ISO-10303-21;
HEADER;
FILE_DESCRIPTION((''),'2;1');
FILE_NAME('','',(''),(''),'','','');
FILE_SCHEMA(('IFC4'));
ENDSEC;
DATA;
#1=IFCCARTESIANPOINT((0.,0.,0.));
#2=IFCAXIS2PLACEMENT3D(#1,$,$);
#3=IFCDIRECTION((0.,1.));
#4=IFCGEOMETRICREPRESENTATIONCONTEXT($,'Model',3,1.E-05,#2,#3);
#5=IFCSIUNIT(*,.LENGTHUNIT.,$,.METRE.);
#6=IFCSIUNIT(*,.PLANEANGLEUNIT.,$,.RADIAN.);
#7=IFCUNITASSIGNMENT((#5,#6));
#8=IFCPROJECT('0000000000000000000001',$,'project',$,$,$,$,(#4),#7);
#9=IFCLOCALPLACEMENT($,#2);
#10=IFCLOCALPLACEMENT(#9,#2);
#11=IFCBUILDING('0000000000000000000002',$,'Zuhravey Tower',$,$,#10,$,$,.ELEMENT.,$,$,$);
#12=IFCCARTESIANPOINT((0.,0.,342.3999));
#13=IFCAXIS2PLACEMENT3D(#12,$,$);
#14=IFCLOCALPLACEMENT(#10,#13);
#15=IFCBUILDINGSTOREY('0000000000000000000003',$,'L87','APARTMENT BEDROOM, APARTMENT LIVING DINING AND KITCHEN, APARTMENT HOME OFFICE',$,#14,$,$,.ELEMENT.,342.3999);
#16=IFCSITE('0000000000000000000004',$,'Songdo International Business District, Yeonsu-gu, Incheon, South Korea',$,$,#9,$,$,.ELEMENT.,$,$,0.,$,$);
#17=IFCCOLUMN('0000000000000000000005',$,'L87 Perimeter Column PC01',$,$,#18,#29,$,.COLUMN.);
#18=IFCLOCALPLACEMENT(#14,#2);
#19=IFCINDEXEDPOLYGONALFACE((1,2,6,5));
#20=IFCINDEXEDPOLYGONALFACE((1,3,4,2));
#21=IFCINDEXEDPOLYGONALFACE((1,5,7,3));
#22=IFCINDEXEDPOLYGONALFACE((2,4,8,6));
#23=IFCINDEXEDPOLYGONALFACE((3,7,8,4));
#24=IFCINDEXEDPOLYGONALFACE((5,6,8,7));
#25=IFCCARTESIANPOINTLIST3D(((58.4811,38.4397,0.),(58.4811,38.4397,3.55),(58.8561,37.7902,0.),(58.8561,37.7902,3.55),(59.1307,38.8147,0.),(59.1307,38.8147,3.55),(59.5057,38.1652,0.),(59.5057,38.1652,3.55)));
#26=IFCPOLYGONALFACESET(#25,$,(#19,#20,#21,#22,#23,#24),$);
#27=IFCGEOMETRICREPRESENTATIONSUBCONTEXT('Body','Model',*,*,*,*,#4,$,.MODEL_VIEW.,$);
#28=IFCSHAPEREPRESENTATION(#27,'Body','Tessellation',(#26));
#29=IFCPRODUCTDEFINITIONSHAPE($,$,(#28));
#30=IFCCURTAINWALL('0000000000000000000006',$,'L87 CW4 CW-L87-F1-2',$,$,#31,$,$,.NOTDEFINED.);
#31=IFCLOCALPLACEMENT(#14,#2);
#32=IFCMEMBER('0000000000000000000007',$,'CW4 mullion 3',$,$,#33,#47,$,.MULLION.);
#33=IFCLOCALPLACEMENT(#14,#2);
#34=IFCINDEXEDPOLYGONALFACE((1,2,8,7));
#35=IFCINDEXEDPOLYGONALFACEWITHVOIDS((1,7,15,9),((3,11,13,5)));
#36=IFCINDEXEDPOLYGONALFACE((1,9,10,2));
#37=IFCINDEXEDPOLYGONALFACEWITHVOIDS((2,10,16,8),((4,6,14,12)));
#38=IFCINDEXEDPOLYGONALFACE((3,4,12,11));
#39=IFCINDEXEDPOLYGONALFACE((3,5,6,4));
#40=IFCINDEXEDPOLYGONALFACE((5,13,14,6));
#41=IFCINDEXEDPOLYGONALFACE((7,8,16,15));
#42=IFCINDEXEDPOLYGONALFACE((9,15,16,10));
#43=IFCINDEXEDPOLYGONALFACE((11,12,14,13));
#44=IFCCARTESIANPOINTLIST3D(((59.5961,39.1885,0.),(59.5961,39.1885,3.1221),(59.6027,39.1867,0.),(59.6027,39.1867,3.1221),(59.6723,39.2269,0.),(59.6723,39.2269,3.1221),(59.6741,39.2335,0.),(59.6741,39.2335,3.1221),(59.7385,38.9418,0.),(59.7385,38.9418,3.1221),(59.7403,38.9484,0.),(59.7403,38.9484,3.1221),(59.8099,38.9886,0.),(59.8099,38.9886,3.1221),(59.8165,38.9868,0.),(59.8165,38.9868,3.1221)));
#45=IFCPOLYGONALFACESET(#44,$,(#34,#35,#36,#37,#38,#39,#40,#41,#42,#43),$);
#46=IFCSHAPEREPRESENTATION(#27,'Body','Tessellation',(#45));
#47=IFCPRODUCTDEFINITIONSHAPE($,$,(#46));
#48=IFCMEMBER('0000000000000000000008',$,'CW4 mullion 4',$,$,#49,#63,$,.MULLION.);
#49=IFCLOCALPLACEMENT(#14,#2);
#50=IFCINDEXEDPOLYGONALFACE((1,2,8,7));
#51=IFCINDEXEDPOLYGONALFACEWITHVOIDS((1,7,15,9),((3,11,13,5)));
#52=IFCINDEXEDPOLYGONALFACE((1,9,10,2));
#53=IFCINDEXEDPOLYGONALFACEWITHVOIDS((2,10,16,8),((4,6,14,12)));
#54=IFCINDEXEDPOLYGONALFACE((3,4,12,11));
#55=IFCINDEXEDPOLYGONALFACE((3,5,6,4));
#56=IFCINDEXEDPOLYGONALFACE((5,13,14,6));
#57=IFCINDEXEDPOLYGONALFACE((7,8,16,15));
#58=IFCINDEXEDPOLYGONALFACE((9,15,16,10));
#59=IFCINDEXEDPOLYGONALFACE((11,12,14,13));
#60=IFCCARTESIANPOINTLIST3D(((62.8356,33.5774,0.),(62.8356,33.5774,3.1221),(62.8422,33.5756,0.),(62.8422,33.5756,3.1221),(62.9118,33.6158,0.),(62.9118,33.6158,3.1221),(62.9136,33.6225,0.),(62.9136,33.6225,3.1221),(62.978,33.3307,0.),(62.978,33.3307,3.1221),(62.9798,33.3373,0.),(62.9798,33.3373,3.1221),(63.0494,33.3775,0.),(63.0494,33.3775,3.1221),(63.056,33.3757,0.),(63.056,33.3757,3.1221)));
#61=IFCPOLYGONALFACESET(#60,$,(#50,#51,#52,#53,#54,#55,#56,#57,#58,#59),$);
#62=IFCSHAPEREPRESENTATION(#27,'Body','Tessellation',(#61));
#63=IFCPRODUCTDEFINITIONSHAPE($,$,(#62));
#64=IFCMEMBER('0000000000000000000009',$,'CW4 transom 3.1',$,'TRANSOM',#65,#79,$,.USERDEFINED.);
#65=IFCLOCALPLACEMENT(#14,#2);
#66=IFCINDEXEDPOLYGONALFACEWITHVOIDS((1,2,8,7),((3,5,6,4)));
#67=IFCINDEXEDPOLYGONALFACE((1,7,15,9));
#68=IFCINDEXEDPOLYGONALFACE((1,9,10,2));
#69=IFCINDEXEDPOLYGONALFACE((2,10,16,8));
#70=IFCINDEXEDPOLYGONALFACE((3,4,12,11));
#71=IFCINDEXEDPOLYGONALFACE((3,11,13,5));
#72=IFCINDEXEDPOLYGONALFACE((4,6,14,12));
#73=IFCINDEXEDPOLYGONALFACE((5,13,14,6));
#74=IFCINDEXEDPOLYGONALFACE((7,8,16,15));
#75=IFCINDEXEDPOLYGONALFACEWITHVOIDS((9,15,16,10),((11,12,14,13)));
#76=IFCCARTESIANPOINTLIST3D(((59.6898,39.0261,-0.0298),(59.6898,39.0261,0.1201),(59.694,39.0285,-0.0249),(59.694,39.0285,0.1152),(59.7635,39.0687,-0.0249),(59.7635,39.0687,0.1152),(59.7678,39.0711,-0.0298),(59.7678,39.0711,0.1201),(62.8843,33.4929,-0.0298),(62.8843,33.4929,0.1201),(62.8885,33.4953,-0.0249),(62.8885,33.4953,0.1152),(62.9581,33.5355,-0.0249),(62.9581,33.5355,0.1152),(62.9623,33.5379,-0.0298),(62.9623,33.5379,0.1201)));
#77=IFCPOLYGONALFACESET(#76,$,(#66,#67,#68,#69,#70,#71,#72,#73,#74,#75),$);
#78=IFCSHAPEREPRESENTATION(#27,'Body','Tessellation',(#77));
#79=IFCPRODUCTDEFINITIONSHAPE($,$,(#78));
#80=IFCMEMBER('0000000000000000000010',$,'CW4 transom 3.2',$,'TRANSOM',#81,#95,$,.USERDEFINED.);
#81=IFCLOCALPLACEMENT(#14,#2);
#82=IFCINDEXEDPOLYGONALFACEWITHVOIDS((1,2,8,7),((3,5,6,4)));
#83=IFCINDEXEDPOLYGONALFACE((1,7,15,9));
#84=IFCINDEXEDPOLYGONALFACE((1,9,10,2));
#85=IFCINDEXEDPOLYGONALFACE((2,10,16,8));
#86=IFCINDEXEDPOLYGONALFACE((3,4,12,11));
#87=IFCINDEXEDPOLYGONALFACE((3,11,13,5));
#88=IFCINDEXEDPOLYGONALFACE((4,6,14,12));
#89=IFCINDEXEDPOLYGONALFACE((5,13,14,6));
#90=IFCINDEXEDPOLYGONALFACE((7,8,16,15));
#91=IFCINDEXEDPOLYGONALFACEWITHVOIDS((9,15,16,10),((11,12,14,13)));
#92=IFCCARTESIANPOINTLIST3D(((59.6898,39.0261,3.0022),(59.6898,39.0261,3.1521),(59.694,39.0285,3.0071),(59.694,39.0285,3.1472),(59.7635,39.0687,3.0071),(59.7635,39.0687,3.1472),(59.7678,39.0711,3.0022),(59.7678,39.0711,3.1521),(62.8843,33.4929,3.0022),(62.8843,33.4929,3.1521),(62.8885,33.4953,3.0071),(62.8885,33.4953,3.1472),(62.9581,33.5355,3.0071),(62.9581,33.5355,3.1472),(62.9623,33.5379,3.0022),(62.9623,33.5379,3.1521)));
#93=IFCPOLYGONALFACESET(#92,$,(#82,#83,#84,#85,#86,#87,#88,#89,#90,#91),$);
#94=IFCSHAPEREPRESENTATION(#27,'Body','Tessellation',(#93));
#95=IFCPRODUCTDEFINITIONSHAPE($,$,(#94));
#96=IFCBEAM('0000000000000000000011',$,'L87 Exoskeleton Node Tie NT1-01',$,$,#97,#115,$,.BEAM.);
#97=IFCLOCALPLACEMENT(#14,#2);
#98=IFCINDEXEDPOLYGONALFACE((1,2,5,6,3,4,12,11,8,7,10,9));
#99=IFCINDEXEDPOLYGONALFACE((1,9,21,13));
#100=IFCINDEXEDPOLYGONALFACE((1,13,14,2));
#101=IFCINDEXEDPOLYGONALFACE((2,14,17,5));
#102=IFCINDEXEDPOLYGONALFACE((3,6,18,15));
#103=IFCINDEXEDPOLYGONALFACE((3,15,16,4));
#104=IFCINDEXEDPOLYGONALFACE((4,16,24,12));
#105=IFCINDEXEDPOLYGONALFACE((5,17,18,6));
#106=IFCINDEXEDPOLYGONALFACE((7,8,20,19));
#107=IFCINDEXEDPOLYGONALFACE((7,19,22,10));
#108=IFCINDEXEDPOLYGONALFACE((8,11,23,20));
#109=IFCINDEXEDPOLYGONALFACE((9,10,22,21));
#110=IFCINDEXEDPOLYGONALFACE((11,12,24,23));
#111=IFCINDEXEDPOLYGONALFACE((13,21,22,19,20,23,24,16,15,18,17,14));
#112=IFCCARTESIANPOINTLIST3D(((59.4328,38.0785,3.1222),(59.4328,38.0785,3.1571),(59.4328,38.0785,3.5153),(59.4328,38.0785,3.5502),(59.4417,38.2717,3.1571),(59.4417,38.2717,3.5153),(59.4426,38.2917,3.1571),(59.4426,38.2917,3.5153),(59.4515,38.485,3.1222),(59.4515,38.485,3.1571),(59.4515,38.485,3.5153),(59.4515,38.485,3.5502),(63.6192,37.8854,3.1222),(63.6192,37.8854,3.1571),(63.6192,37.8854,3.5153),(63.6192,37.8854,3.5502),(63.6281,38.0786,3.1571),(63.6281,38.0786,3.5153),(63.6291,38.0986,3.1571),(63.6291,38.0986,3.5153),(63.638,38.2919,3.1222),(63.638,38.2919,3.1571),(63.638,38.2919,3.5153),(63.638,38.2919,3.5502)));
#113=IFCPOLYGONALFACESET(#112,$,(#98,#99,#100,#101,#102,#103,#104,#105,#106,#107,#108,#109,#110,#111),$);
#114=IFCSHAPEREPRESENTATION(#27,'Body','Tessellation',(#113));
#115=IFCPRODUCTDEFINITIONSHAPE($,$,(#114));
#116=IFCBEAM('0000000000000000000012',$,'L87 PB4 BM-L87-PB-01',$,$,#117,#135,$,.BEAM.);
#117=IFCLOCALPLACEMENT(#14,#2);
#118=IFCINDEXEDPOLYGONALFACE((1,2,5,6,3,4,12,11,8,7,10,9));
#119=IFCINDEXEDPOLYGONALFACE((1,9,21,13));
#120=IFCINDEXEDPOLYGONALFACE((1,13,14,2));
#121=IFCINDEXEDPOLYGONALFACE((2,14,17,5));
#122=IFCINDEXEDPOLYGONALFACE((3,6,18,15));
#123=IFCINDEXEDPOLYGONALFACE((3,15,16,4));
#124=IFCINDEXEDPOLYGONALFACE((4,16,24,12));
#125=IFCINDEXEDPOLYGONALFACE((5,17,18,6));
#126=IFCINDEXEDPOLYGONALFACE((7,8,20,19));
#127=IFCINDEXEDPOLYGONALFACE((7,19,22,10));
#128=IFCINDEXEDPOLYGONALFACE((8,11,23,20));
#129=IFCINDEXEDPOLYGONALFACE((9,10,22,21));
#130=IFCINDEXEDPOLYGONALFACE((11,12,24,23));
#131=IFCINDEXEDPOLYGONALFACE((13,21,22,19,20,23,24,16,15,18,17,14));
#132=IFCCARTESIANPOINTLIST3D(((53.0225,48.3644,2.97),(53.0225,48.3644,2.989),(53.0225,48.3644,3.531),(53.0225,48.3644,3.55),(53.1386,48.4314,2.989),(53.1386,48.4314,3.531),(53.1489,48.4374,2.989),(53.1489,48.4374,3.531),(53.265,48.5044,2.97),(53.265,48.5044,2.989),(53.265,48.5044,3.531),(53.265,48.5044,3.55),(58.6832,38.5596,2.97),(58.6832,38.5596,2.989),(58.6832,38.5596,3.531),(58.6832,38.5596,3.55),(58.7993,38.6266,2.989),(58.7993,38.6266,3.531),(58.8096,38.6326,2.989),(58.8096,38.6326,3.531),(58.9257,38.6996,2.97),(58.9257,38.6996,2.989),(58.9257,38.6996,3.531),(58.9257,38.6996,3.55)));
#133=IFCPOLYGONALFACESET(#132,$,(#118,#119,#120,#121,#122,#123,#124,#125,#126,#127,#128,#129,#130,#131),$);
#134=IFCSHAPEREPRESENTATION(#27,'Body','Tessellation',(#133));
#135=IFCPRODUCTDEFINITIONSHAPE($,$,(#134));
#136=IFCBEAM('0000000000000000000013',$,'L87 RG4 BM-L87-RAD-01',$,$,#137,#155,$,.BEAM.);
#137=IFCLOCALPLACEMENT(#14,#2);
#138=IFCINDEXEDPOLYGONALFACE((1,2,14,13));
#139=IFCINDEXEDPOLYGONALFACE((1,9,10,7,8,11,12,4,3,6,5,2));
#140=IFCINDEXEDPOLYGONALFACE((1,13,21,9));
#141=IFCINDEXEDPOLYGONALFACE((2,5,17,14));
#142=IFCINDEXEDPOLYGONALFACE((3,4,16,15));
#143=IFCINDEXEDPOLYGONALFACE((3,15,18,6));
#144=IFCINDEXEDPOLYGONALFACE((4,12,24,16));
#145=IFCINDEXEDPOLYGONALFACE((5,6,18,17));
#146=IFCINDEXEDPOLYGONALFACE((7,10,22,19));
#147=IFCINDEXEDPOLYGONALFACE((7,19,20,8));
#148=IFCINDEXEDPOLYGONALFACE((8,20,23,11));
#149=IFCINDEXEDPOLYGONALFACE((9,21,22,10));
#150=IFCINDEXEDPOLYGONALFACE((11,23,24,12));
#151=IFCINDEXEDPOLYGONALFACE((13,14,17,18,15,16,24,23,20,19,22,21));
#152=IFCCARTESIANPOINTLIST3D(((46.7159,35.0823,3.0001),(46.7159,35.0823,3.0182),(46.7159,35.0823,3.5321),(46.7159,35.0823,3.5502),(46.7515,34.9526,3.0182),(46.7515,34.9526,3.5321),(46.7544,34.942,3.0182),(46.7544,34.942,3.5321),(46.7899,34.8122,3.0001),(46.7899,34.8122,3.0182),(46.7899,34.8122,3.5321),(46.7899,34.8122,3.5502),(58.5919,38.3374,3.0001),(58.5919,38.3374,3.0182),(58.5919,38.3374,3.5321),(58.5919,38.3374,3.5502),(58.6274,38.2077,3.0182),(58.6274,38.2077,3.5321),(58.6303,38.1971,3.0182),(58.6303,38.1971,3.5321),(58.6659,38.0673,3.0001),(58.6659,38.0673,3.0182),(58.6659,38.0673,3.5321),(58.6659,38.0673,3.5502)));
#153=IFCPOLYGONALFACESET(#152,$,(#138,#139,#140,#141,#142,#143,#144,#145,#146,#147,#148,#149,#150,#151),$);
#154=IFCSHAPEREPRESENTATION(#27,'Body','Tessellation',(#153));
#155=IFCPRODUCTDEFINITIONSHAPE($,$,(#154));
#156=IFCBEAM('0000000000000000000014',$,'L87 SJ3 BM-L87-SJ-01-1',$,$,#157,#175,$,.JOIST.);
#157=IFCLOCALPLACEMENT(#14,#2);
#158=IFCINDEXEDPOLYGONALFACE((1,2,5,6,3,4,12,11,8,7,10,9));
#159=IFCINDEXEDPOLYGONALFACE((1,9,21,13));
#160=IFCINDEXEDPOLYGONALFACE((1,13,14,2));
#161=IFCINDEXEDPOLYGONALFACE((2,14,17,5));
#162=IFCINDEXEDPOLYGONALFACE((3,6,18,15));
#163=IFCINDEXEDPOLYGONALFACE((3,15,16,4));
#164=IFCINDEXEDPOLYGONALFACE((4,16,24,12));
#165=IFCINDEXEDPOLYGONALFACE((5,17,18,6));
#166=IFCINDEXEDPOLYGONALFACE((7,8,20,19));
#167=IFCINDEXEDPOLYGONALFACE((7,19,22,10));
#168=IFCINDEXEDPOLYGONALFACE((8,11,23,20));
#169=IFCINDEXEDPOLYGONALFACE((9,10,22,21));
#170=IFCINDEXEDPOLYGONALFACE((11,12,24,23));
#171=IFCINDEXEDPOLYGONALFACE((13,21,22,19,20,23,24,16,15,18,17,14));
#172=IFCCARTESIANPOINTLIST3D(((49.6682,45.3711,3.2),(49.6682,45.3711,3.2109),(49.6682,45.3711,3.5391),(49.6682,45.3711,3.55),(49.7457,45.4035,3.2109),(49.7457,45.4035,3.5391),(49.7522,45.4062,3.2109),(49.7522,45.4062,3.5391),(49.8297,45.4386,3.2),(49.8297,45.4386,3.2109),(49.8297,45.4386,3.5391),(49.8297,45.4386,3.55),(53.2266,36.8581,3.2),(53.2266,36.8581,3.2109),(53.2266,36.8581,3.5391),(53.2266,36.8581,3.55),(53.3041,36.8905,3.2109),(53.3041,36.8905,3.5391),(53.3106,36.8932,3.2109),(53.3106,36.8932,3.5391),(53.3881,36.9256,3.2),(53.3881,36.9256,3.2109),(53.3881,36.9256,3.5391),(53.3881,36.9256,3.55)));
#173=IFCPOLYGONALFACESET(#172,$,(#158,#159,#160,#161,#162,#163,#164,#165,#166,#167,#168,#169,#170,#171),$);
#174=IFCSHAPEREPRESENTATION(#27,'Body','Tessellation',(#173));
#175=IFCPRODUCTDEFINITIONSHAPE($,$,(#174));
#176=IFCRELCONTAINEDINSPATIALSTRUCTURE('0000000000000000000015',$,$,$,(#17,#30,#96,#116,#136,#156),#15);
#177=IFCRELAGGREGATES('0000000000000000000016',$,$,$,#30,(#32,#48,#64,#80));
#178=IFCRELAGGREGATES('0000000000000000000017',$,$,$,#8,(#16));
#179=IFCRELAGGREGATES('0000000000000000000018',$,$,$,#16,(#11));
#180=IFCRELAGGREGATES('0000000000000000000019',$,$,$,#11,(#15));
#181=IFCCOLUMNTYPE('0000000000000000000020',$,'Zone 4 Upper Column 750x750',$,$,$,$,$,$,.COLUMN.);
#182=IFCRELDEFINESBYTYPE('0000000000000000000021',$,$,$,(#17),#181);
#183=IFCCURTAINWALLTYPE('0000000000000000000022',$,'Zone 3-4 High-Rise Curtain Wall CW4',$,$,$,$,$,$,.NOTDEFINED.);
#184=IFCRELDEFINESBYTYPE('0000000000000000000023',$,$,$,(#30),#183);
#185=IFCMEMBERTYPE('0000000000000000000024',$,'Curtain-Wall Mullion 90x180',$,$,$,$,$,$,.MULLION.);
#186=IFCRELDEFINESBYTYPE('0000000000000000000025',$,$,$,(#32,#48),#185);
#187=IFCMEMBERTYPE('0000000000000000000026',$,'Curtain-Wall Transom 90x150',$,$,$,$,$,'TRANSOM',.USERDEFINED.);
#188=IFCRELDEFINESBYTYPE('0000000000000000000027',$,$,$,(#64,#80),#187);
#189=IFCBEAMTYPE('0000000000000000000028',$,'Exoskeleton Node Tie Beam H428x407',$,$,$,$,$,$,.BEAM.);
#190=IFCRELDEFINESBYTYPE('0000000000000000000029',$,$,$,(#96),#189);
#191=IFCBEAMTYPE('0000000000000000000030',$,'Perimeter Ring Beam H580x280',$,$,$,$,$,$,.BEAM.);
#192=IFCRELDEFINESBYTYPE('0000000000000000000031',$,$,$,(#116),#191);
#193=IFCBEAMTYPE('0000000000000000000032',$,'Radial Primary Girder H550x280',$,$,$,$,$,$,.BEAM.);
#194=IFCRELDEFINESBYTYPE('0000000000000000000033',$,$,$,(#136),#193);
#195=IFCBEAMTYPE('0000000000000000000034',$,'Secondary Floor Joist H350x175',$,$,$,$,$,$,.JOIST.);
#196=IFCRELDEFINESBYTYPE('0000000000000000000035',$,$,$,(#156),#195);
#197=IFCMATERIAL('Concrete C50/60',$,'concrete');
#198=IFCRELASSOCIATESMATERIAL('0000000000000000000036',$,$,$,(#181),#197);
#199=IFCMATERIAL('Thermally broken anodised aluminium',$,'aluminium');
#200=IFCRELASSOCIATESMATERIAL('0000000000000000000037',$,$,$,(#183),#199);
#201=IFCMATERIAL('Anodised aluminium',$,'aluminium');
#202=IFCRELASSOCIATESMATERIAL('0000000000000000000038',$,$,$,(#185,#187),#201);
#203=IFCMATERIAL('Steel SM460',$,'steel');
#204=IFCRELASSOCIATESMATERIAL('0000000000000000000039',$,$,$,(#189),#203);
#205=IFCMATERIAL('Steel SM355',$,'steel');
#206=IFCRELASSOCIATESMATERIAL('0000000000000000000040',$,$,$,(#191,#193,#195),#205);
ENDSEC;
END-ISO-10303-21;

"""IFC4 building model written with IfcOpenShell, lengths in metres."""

from ifc_helpers import new_model, si_unit, direction, frame, origin, origin_2d, place, context, subcontext, project, spatial, rectangle, hollow_rectangle, i_section, extrude, material, material_profile, profile_set, type_object, element, aggregate, save


model = new_model("IFC4")

# Units and contexts
model_context = context("Model", 3, precision=1e-05, world=origin(), true_north=direction((0.0, 1.0)))
body_context = subcontext(model_context, "Body", "Model", "MODEL_VIEW")
ifc_project = project(units=[si_unit("LENGTHUNIT", "METRE"), si_unit("PLANEANGLEUNIT", "RADIAN")], contexts=[model_context])

# Site, building, storey
site_placement = place(None, origin())
site = spatial("IfcSite", under=ifc_project, at=site_placement, Name="Songdo International Business District, Yeonsu-gu, Incheon, South Korea", CompositionType="ELEMENT", RefElevation=0.0)
building_placement = place(site_placement, origin())
building = spatial("IfcBuilding", under=site, at=building_placement, Name="Zuhravey Tower", CompositionType="ELEMENT")
storey_placement = place(building_placement, frame((0.0, 0.0, 342.3999)))
storey = spatial("IfcBuildingStorey", under=building, at=storey_placement, Name="L87", Description="APARTMENT BEDROOM, APARTMENT LIVING DINING AND KITCHEN, APARTMENT HOME OFFICE", CompositionType="ELEMENT", Elevation=342.3999)

# Column
ifc_material_1 = material(Name="Concrete C50/60", Category="concrete")
ifc_material_profile_1 = material_profile(ifc_material_1, rectangle(XDim=0.75, YDim=0.75, at=origin_2d()), Name="RC-750x750")
ifc_profile_set_1 = profile_set([ifc_material_profile_1], Name="Concrete C50/60")
column_type = type_object("IfcColumnType", Name="Zone 4 Upper Column 750x750", PredefinedType="COLUMN", material=ifc_profile_set_1)
column_placement = place(storey_placement, frame((58.9934, 38.3025, 0.0), z_axis=(0.0, 0.0, 1.0), x_axis=(-0.5, 0.866025, 0.0)))
element("IfcColumn", 1, at=column_placement, inside=storey, type_object=column_type, Name="L87 Perimeter Column PC01", PredefinedType="COLUMN", context=body_context, shape_type="SweptSolid", body=[
    extrude(rectangle(XDim=0.75, YDim=0.75, at=origin_2d()), origin(), (0.0, 0.0, 1.0), 3.55),
])

# Curtain wall, members
ifc_material_2 = material(Name="Thermally broken anodised aluminium", Category="aluminium")
curtain_wall_type = type_object("IfcCurtainWallType", Name="Zone 3-4 High-Rise Curtain Wall CW4", PredefinedType="NOTDEFINED", material=ifc_material_2)
curtain_wall_placement = place(storey_placement, origin())
curtain_wall = element("IfcCurtainWall", 2, at=curtain_wall_placement, inside=storey, type_object=curtain_wall_type, Name="L87 CW4 CW-L87-F1-2", PredefinedType="NOTDEFINED")
ifc_material_3 = material(Name="Anodised aluminium", Category="aluminium")
ifc_material_profile_2 = material_profile(ifc_material_3, hollow_rectangle(XDim=0.0901, YDim=0.2849, WallThickness=0.0049, at=origin_2d()), Name="ALU-RHS-90x285x5")
ifc_profile_set_2 = profile_set([ifc_material_profile_2], Name="Anodised aluminium")
member_type_1 = type_object("IfcMemberType", Name="Curtain-Wall Mullion 90x180", PredefinedType="MULLION", material=ifc_profile_set_2)
member_1_placement = place(storey_placement, frame((59.7063, 39.0876, 0.0), z_axis=(0.0, 0.0, 1.0), x_axis=(0.866025, 0.500002, 0.0)))
member_1 = element("IfcMember", 3, at=member_1_placement, type_object=member_type_1, Name="CW4 mullion 3", PredefinedType="MULLION", context=body_context, shape_type="SweptSolid", body=[
    extrude(hollow_rectangle(XDim=0.0901, YDim=0.2849, WallThickness=0.0049, at=origin_2d()), origin(), (0.0, 0.0, 1.0), 3.1221),
])
member_2_placement = place(storey_placement, frame((62.9458, 33.4766, 0.0), z_axis=(0.0, 0.0, 1.0), x_axis=(0.866025, 0.500002, 0.0)))
member_2 = element("IfcMember", 4, at=member_2_placement, type_object=member_type_1, Name="CW4 mullion 4", PredefinedType="MULLION", context=body_context, shape_type="SweptSolid", body=[
    extrude(hollow_rectangle(XDim=0.0901, YDim=0.2849, WallThickness=0.0049, at=origin_2d()), origin(), (0.0, 0.0, 1.0), 3.1221),
])
ifc_material_profile_3 = material_profile(ifc_material_3, hollow_rectangle(XDim=0.0901, YDim=0.1499, WallThickness=0.0049, at=origin_2d()), Name="ALU-RHS-90x150x5")
ifc_profile_set_3 = profile_set([ifc_material_profile_3], Name="Anodised aluminium")
member_type_2 = type_object("IfcMemberType", Name="Curtain-Wall Transom 90x150", ElementType="TRANSOM", PredefinedType="USERDEFINED", material=ifc_profile_set_3)
member_3_placement = place(storey_placement, frame((59.7288, 39.0486, 0.0452), z_axis=(0.499998, -0.866027, 0.0), x_axis=(0.866027, 0.499998, 0.0)))
member_3 = element("IfcMember", 5, at=member_3_placement, type_object=member_type_2, Name="CW4 transom 3.1", ObjectType="TRANSOM", PredefinedType="USERDEFINED", context=body_context, shape_type="SweptSolid", body=[
    extrude(hollow_rectangle(XDim=0.0901, YDim=0.1499, WallThickness=0.0049, at=origin_2d()), origin(), (0.0, 0.0, 1.0), 6.3892),
])
member_4_placement = place(storey_placement, frame((59.7288, 39.0486, 3.0771), z_axis=(0.499998, -0.866027, 0.0), x_axis=(0.866027, 0.499998, 0.0)))
member_4 = element("IfcMember", 6, at=member_4_placement, type_object=member_type_2, Name="CW4 transom 3.2", ObjectType="TRANSOM", PredefinedType="USERDEFINED", context=body_context, shape_type="SweptSolid", body=[
    extrude(hollow_rectangle(XDim=0.0901, YDim=0.1499, WallThickness=0.0049, at=origin_2d()), origin(), (0.0, 0.0, 1.0), 6.3892),
])

# Beams
ifc_material_4 = material(Name="Steel SM460", Category="steel")
ifc_material_profile_4 = material_profile(ifc_material_4, i_section(OverallWidth=0.407, OverallDepth=0.428, WebThickness=0.02, FlangeThickness=0.0349, at=origin_2d()), Name="H-428x407x20x35")
ifc_profile_set_4 = profile_set([ifc_material_profile_4], Name="Steel SM460")
beam_type_1 = type_object("IfcBeamType", Name="Exoskeleton Node Tie Beam H428x407", PredefinedType="BEAM", material=ifc_profile_set_4)
beam_1_placement = place(storey_placement, frame((59.4421, 38.2817, 3.3362), z_axis=(0.998938, -0.046079, 0.0), x_axis=(0.046079, 0.998938, 0.0)))
element("IfcBeam", 7, at=beam_1_placement, inside=storey, type_object=beam_type_1, Name="L87 Exoskeleton Node Tie NT1-01", PredefinedType="BEAM", context=body_context, shape_type="SweptSolid", body=[
    extrude(i_section(OverallWidth=0.407, OverallDepth=0.428, WebThickness=0.02, FlangeThickness=0.0349, at=origin_2d()), origin(), (0.0, 0.0, 1.0), 4.1909),
])
ifc_material_5 = material(Name="Steel SM355", Category="steel")
ifc_material_profile_5 = material_profile(ifc_material_5, i_section(OverallWidth=0.28, OverallDepth=0.5801, WebThickness=0.012, FlangeThickness=0.019, at=origin_2d()), Name="H-580x280x12x19")
ifc_profile_set_5 = profile_set([ifc_material_profile_5], Name="Steel SM355")
beam_type_2 = type_object("IfcBeamType", Name="Perimeter Ring Beam H580x280", PredefinedType="BEAM", material=ifc_profile_set_5)
beam_2_placement = place(storey_placement, frame((58.8044, 38.6296, 3.26), z_axis=(-0.499994, 0.866029, 0.0), x_axis=(-0.866029, -0.499994, 0.0)))
element("IfcBeam", 8, at=beam_2_placement, inside=storey, type_object=beam_type_2, Name="L87 PB4 BM-L87-PB-01", PredefinedType="BEAM", context=body_context, shape_type="SweptSolid", body=[
    extrude(i_section(OverallWidth=0.28, OverallDepth=0.5801, WebThickness=0.012, FlangeThickness=0.019, at=origin_2d()), origin(), (0.0, 0.0, 1.0), 11.3215),
])
ifc_material_profile_6 = material_profile(ifc_material_5, i_section(OverallWidth=0.28, OverallDepth=0.55, WebThickness=0.011, FlangeThickness=0.0181, at=origin_2d()), Name="H-550x280x11x18")
ifc_profile_set_6 = profile_set([ifc_material_profile_6], Name="Steel SM355")
beam_type_3 = type_object("IfcBeamType", Name="Radial Primary Girder H550x280", PredefinedType="BEAM", material=ifc_profile_set_6)
beam_3_placement = place(storey_placement, frame((46.7529, 34.9473, 3.2751), z_axis=(0.964429, 0.264344, 0.0), x_axis=(-0.264344, 0.964429, 0.0)))
element("IfcBeam", 9, at=beam_3_placement, inside=storey, type_object=beam_type_3, Name="L87 RG4 BM-L87-RAD-01", PredefinedType="BEAM", context=body_context, shape_type="SweptSolid", body=[
    extrude(i_section(OverallWidth=0.28, OverallDepth=0.55, WebThickness=0.011, FlangeThickness=0.0181, at=origin_2d()), origin(), (0.0, 0.0, 1.0), 12.314),
])
ifc_material_profile_7 = material_profile(ifc_material_5, i_section(OverallWidth=0.175, OverallDepth=0.3501, WebThickness=0.0071, FlangeThickness=0.011, at=origin_2d()), Name="H-350x175x7x11")
ifc_profile_set_7 = profile_set([ifc_material_profile_7], Name="Steel SM355")
beam_type_4 = type_object("IfcBeamType", Name="Secondary Floor Joist H350x175", PredefinedType="JOIST", material=ifc_profile_set_7)
beam_4_placement = place(storey_placement, frame((53.3074, 36.8918, 3.375), z_axis=(-0.385658, 0.922642, 0.0), x_axis=(-0.922642, -0.385658, 0.0)))
element("IfcBeam", 10, at=beam_4_placement, inside=storey, type_object=beam_type_4, Name="L87 SJ3 BM-L87-SJ-01-1", PredefinedType="JOIST", context=body_context, shape_type="SweptSolid", body=[
    extrude(i_section(OverallWidth=0.175, OverallDepth=0.3501, WebThickness=0.0071, FlangeThickness=0.011, at=origin_2d()), origin(), (0.0, 0.0, 1.0), 9.2268),
])

aggregate(curtain_wall, [member_1, member_2, member_3, member_4])

save(model, "model.ifc")
